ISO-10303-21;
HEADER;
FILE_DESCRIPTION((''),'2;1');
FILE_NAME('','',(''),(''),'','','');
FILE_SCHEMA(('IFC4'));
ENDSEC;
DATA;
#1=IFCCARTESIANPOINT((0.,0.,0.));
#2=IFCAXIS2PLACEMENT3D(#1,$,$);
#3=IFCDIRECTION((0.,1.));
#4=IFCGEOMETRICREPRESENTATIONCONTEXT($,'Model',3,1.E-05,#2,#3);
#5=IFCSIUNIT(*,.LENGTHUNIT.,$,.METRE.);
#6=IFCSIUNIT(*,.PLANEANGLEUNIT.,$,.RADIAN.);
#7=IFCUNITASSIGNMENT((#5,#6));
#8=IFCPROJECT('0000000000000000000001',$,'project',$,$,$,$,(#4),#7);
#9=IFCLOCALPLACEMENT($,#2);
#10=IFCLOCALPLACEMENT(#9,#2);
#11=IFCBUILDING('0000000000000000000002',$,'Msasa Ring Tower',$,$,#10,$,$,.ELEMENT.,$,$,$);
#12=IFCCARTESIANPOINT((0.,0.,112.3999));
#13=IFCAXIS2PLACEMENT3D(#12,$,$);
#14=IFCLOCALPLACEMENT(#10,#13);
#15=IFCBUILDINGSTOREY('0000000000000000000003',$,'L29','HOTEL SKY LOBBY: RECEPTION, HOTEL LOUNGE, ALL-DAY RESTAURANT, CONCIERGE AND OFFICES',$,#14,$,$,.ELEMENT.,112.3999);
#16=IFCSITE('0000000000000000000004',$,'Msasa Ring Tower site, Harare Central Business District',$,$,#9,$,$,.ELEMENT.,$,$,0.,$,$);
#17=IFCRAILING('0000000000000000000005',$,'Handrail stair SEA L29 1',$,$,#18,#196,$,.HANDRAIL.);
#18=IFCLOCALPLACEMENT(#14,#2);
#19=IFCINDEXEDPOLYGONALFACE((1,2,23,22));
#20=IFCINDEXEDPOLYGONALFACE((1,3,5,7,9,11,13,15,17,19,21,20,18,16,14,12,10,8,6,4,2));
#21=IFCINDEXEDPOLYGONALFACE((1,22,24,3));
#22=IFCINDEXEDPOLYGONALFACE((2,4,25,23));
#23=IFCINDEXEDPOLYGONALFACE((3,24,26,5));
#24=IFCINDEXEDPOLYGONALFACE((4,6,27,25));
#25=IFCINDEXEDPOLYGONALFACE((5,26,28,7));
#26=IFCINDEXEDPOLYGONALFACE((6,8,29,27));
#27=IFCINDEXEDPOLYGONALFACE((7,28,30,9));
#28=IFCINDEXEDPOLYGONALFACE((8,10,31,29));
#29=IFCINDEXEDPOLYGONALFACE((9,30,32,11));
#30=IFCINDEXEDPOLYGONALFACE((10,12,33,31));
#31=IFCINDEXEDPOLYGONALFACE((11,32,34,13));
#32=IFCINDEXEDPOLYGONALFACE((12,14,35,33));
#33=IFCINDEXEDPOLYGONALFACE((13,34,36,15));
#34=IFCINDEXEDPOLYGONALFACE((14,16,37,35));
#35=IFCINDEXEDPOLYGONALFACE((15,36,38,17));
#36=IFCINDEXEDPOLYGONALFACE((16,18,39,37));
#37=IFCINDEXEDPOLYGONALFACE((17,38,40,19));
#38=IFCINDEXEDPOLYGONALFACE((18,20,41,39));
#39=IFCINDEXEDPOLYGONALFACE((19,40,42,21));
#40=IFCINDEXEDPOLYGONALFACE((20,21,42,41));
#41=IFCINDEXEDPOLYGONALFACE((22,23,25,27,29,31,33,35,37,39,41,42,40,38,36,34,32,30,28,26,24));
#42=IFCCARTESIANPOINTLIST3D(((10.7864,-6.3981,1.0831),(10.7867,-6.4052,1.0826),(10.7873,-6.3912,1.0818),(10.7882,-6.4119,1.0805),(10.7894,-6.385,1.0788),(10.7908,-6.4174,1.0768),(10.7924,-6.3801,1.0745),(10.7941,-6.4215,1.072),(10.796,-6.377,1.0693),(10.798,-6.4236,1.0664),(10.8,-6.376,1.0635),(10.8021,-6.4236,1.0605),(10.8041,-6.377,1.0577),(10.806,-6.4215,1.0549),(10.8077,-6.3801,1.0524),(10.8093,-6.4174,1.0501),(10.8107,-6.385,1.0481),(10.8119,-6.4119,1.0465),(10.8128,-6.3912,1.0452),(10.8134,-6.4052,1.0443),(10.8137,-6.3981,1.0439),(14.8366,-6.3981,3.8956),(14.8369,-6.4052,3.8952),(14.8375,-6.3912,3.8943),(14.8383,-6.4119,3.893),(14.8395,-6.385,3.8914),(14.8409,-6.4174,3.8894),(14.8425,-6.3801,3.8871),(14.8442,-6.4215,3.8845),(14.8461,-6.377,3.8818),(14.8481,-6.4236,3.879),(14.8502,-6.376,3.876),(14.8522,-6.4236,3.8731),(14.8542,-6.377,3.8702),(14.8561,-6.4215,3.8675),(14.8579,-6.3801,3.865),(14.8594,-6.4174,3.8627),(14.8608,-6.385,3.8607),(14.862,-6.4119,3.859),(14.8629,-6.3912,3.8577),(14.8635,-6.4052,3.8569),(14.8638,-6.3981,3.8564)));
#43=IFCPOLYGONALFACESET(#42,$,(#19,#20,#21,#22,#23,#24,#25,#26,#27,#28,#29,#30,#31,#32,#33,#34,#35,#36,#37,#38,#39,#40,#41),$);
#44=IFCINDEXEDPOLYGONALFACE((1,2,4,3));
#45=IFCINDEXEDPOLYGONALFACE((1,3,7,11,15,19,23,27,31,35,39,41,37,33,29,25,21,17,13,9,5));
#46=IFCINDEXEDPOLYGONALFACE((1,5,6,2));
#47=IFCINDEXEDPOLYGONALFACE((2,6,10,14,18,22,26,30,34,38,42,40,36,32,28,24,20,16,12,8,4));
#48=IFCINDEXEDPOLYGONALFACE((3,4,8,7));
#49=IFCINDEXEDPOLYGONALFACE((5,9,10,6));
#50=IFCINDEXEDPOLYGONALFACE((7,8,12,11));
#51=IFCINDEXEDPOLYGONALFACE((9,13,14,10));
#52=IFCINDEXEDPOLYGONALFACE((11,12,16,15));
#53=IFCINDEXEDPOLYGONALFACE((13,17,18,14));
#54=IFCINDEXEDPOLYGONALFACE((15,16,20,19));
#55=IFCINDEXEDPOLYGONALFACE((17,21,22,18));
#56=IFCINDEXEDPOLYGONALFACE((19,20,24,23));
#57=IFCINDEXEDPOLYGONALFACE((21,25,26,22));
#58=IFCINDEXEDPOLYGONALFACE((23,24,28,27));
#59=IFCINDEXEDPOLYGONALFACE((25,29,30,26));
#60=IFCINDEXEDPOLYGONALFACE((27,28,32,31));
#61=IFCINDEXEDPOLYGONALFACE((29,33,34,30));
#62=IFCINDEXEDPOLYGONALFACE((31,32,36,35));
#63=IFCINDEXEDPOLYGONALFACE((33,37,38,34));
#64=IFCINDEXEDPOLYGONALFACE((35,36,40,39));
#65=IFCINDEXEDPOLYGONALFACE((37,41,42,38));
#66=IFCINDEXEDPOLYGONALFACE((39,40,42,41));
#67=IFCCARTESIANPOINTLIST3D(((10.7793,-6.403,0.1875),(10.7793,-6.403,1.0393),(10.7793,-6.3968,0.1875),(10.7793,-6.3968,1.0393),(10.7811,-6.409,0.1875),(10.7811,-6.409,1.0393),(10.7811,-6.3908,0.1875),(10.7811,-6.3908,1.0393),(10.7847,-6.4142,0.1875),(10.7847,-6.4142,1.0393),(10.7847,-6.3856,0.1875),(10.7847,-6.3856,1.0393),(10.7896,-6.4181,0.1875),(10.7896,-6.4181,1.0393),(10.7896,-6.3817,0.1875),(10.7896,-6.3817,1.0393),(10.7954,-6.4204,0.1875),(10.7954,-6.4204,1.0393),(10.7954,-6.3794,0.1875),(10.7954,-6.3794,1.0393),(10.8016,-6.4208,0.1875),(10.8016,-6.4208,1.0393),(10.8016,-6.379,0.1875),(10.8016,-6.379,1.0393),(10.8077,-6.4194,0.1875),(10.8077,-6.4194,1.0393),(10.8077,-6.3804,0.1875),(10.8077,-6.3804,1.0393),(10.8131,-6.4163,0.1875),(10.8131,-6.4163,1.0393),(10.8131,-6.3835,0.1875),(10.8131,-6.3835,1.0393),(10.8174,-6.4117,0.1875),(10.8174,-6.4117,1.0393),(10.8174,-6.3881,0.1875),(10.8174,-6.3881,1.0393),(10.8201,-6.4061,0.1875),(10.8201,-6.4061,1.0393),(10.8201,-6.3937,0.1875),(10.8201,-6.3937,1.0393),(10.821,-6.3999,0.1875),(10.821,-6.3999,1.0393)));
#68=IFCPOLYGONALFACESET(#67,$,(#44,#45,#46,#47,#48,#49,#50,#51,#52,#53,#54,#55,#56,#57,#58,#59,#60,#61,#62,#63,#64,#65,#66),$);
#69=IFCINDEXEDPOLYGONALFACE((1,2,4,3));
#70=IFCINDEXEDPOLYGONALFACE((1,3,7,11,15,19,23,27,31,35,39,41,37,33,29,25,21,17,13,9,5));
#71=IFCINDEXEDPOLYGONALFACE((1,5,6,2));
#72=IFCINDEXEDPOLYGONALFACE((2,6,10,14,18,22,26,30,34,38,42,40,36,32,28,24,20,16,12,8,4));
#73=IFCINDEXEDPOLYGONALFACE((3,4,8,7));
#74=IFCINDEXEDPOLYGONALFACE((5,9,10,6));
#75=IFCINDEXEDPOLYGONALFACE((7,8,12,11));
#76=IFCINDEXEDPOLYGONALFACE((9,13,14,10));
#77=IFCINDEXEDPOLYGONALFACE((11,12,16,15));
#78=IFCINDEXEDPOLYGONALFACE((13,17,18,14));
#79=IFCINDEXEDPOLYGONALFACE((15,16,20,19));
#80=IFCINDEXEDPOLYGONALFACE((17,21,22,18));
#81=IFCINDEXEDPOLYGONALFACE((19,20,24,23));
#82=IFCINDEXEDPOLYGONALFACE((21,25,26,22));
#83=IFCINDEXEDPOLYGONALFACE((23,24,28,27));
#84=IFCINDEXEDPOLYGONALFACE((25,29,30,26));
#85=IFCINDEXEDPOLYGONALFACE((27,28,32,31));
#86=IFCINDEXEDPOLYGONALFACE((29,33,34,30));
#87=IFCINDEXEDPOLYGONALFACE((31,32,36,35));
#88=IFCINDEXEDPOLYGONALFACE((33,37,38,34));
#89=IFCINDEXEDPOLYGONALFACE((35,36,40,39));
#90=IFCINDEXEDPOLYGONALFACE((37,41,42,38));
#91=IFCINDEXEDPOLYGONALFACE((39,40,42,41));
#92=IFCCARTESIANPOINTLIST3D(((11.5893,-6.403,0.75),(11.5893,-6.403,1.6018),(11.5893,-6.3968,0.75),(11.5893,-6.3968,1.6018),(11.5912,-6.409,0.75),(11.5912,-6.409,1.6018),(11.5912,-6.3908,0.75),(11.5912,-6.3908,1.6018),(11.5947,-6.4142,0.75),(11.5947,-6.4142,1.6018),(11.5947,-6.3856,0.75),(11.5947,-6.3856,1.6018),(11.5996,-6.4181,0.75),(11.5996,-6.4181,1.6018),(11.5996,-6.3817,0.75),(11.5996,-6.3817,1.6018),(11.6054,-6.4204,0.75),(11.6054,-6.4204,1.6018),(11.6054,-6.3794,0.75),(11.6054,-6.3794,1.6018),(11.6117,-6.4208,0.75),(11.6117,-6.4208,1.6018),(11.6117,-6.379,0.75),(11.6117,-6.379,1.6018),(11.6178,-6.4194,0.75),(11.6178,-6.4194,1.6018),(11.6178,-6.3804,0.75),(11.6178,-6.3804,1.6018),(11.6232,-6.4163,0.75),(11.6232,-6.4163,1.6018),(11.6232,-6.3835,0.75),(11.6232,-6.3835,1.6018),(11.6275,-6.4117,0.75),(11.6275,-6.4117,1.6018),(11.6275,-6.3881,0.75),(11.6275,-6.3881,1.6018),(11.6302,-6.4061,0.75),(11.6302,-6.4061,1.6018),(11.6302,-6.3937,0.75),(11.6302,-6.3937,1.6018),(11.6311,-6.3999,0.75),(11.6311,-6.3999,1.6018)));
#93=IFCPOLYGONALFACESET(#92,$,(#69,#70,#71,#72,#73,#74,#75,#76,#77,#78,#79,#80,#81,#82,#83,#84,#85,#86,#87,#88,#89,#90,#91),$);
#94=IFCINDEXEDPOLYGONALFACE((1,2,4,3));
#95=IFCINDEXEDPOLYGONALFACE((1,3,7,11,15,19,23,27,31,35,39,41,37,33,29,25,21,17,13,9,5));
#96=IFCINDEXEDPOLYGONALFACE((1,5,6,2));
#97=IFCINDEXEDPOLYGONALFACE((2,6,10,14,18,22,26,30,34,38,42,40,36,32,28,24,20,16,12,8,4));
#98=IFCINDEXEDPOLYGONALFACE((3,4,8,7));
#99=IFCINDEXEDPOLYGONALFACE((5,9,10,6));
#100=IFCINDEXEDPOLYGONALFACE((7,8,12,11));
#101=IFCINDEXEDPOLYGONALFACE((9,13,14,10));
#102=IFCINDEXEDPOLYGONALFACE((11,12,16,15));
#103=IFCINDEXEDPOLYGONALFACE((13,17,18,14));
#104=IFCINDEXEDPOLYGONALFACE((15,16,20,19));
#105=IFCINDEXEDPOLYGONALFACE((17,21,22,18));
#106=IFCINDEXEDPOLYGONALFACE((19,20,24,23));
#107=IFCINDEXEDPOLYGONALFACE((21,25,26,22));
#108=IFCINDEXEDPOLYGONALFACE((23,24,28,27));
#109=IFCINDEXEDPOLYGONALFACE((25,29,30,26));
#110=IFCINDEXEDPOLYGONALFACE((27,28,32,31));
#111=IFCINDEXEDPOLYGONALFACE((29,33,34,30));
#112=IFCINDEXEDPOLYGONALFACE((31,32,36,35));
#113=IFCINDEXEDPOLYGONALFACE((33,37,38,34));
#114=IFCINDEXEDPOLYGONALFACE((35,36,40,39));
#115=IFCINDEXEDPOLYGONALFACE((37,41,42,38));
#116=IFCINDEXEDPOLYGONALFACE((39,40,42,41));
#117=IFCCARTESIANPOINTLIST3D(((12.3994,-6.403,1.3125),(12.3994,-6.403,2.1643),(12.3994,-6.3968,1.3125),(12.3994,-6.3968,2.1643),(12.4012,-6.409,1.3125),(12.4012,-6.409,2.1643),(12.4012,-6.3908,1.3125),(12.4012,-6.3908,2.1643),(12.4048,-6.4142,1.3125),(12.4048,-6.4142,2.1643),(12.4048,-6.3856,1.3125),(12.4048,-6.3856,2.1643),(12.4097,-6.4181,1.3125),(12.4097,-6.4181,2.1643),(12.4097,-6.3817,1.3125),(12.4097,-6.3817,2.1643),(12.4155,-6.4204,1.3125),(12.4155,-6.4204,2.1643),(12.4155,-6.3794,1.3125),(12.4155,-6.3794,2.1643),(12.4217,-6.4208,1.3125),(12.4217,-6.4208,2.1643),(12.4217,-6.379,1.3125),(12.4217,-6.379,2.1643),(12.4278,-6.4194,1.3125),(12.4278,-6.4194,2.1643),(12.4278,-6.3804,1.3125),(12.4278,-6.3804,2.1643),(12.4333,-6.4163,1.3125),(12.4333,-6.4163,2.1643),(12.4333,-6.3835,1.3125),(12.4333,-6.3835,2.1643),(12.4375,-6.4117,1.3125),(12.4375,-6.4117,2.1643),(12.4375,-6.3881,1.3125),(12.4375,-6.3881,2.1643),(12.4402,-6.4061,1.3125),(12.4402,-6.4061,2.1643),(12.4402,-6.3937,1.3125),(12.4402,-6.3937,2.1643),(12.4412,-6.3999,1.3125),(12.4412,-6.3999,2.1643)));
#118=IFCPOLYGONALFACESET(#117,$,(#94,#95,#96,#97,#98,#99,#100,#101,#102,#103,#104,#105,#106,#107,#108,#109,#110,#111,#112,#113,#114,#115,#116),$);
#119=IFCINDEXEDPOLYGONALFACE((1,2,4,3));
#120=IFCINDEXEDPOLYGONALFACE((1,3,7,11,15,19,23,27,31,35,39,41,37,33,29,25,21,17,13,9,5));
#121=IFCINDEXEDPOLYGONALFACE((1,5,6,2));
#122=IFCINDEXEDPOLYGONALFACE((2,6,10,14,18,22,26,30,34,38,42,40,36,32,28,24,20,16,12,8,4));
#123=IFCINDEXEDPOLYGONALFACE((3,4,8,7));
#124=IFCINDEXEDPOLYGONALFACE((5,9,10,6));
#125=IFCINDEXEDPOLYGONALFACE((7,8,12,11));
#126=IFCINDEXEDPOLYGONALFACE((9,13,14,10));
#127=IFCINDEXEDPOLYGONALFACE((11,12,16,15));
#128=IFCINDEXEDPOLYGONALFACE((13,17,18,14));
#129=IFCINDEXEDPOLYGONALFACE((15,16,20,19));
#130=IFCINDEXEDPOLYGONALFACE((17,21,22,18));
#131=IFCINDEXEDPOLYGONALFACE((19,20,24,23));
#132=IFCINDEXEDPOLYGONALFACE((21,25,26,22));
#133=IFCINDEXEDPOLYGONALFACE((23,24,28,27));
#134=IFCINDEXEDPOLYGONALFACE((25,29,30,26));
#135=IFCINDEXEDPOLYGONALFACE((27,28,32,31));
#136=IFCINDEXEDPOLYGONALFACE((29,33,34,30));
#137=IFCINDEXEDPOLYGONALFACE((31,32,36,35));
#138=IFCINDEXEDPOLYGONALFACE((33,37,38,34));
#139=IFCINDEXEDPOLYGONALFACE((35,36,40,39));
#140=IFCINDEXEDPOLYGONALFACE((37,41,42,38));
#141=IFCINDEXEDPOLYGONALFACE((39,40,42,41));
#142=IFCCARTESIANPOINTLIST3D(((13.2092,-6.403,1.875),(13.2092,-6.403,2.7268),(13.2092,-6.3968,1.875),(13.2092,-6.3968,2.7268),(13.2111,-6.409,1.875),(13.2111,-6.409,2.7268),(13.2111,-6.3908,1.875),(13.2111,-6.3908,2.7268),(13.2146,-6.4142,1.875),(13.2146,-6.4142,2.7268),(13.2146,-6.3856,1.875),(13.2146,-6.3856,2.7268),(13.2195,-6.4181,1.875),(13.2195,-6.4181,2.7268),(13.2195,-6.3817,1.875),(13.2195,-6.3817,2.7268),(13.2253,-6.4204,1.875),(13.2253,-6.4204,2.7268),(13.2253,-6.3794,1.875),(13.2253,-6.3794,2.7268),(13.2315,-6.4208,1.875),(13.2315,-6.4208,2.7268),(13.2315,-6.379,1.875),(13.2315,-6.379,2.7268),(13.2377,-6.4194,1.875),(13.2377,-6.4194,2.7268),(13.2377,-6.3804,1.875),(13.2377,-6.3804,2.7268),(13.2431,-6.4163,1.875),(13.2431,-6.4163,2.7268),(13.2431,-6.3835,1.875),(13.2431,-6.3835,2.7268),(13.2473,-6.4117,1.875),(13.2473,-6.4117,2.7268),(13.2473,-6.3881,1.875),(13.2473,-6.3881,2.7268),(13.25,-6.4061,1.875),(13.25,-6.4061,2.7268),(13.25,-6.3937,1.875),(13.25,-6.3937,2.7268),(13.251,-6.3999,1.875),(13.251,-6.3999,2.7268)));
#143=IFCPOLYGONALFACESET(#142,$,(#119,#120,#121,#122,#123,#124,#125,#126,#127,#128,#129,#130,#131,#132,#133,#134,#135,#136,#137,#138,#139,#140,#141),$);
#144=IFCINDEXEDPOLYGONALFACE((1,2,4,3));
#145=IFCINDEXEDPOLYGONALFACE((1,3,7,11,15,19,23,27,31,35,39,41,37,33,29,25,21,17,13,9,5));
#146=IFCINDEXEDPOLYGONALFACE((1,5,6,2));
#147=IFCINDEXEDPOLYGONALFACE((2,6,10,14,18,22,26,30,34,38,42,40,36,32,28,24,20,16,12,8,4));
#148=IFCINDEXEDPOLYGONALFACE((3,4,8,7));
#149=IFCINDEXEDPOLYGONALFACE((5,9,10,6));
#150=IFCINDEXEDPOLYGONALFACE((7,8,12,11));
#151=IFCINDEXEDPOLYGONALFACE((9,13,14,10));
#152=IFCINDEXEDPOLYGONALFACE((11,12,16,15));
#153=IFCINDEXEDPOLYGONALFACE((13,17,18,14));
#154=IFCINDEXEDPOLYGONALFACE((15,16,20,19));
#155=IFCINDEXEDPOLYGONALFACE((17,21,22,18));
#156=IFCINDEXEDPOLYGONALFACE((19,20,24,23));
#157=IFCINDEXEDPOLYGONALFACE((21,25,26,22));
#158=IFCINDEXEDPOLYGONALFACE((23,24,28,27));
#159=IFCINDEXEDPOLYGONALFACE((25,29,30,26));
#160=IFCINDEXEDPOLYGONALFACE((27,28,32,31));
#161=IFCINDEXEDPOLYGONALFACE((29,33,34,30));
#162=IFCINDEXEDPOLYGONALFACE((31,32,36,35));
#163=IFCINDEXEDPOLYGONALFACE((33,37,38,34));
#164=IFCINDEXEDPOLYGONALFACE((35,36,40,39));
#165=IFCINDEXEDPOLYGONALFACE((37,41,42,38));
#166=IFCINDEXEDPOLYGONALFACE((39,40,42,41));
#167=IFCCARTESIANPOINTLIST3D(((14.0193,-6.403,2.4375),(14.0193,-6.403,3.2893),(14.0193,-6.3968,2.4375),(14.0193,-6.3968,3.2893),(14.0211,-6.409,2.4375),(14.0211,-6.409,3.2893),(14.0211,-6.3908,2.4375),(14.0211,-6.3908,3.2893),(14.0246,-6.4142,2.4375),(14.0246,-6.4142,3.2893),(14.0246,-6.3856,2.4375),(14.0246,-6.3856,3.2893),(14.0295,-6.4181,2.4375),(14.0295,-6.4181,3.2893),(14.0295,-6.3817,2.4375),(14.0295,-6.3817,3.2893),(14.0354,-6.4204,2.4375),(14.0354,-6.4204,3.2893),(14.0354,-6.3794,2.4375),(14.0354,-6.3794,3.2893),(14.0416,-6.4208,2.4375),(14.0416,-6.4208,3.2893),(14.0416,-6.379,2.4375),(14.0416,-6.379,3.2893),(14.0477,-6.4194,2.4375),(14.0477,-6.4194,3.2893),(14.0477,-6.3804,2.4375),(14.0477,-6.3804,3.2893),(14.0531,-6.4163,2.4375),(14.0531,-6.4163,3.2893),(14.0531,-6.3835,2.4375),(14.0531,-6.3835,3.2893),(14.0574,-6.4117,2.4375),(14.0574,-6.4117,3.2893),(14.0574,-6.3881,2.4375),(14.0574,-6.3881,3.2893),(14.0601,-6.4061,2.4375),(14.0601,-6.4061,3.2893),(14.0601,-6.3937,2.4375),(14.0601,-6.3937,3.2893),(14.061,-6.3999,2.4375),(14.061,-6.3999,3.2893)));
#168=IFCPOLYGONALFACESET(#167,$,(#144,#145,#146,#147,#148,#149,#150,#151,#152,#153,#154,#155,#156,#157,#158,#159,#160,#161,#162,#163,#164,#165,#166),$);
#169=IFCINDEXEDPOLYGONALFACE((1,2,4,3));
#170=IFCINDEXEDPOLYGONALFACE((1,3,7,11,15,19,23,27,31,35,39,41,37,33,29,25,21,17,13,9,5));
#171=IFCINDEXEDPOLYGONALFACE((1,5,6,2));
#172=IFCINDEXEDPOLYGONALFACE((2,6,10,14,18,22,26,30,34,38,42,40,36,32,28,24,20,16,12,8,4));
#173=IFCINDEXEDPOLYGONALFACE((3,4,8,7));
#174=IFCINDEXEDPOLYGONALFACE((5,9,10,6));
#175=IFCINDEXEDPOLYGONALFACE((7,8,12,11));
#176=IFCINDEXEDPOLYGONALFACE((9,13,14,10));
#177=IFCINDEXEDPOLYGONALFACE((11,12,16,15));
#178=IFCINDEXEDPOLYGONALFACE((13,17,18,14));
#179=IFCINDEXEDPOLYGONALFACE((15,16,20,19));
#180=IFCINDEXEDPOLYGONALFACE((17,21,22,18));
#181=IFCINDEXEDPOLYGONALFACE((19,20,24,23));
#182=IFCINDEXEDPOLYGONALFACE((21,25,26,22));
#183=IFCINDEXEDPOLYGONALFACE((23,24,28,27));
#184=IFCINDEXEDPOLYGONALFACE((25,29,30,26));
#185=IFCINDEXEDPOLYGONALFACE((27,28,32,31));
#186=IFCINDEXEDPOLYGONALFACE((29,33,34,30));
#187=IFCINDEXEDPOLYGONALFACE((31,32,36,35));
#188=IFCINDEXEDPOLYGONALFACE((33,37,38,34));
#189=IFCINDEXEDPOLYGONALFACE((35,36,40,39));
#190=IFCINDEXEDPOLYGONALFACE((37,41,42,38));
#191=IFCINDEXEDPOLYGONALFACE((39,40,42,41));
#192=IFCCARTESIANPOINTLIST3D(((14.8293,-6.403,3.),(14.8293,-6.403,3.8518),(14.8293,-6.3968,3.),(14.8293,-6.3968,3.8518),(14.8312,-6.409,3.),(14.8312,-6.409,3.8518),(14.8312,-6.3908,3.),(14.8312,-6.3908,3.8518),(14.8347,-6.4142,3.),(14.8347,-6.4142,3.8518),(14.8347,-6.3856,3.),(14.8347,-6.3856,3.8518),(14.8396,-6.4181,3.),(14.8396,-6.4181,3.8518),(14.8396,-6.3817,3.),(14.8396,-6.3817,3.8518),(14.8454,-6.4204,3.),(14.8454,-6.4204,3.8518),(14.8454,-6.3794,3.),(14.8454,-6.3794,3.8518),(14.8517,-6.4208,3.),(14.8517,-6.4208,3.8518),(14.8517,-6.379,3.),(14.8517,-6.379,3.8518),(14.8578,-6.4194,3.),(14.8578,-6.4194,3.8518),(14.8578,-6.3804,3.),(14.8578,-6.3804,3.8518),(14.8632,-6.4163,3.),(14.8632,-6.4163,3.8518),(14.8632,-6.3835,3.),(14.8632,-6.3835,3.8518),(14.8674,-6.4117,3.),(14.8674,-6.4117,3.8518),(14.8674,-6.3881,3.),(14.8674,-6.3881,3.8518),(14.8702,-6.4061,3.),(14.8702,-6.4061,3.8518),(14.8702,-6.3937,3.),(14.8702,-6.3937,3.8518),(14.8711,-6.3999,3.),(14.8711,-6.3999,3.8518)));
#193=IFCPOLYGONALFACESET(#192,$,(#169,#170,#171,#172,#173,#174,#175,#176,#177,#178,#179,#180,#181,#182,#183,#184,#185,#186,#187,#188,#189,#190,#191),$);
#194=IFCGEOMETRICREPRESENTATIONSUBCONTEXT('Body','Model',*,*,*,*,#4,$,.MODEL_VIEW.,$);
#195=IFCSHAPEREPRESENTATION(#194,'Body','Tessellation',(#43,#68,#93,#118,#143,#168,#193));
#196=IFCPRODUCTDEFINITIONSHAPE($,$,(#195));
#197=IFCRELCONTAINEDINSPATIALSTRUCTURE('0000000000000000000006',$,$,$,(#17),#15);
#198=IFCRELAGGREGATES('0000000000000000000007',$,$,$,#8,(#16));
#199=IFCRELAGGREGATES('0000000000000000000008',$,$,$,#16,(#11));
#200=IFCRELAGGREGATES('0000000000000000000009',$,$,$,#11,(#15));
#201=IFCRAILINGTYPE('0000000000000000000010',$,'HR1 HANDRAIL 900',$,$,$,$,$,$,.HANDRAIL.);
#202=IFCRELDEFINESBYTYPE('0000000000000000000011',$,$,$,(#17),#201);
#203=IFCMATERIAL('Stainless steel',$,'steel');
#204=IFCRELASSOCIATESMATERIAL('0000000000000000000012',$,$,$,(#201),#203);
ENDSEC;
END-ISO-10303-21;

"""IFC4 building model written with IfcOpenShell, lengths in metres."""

from ifc_helpers import new_model, si_unit, direction, frame, origin, origin_2d, place, context, subcontext, project, spatial, circle, extrude, material, type_object, element, save


model = new_model("IFC4")

# Units and contexts
model_context = context("Model", 3, precision=1e-05, world=origin(), true_north=direction((0.0, 1.0)))
body_context = subcontext(model_context, "Body", "Model", "MODEL_VIEW")
ifc_project = project(units=[si_unit("LENGTHUNIT", "METRE"), si_unit("PLANEANGLEUNIT", "RADIAN")], contexts=[model_context])

# Site, building, storey
site_placement = place(None, origin())
site = spatial("IfcSite", under=ifc_project, at=site_placement, Name="Msasa Ring Tower site, Harare Central Business District", CompositionType="ELEMENT", RefElevation=0.0)
building_placement = place(site_placement, origin())
building = spatial("IfcBuilding", under=site, at=building_placement, Name="Msasa Ring Tower", CompositionType="ELEMENT")
storey_placement = place(building_placement, frame((0.0, 0.0, 112.3999)))
storey = spatial("IfcBuildingStorey", under=building, at=storey_placement, Name="L29", Description="HOTEL SKY LOBBY: RECEPTION, HOTEL LOUNGE, ALL-DAY RESTAURANT, CONCIERGE AND OFFICES", CompositionType="ELEMENT", Elevation=112.3999)

# Railing
ifc_material_1 = material(Name="Stainless steel", Category="steel")
railing_type = type_object("IfcRailingType", Name="HR1 HANDRAIL 900", PredefinedType="HANDRAIL", material=ifc_material_1)
for number, where, name in (
    (1, (10.8, -6.3999, 0.1875), "Handrail stair SEA L29 1"),
):
    element("IfcRailing", number, at=place(storey_placement, frame(where)), inside=storey, type_object=railing_type, Name=name, PredefinedType="HANDRAIL", context=body_context, shape_type="SweptSolid", body=[
        extrude(circle(Radius=0.0239, at=origin_2d()), frame((0.0, 0.0, 0.876), z_axis=(0.821373, 0.0, 0.570391), x_axis=(0.0, 1.0, 0.0)), (0.0, 0.0, 1.0), 4.9309),
        extrude(circle(Radius=0.021, at=origin_2d()), origin(), (0.0, 0.0, 1.0), 0.8518),
        extrude(circle(Radius=0.021, at=origin_2d()), frame((0.8101, 0.0, 0.5625)), (0.0, 0.0, 1.0), 0.8518),
        extrude(circle(Radius=0.021, at=origin_2d()), frame((1.6201, 0.0, 1.125)), (0.0, 0.0, 1.0), 0.8518),
        extrude(circle(Radius=0.021, at=origin_2d()), frame((2.4299, 0.0, 1.6875)), (0.0, 0.0, 1.0), 0.8518),
        extrude(circle(Radius=0.021, at=origin_2d()), frame((3.24, 0.0, 2.25)), (0.0, 0.0, 1.0), 0.8518),
        extrude(circle(Radius=0.021, at=origin_2d()), frame((4.05, 0.0, 2.8125)), (0.0, 0.0, 1.0), 0.8518),
    ])

save(model, "model.ifc")
